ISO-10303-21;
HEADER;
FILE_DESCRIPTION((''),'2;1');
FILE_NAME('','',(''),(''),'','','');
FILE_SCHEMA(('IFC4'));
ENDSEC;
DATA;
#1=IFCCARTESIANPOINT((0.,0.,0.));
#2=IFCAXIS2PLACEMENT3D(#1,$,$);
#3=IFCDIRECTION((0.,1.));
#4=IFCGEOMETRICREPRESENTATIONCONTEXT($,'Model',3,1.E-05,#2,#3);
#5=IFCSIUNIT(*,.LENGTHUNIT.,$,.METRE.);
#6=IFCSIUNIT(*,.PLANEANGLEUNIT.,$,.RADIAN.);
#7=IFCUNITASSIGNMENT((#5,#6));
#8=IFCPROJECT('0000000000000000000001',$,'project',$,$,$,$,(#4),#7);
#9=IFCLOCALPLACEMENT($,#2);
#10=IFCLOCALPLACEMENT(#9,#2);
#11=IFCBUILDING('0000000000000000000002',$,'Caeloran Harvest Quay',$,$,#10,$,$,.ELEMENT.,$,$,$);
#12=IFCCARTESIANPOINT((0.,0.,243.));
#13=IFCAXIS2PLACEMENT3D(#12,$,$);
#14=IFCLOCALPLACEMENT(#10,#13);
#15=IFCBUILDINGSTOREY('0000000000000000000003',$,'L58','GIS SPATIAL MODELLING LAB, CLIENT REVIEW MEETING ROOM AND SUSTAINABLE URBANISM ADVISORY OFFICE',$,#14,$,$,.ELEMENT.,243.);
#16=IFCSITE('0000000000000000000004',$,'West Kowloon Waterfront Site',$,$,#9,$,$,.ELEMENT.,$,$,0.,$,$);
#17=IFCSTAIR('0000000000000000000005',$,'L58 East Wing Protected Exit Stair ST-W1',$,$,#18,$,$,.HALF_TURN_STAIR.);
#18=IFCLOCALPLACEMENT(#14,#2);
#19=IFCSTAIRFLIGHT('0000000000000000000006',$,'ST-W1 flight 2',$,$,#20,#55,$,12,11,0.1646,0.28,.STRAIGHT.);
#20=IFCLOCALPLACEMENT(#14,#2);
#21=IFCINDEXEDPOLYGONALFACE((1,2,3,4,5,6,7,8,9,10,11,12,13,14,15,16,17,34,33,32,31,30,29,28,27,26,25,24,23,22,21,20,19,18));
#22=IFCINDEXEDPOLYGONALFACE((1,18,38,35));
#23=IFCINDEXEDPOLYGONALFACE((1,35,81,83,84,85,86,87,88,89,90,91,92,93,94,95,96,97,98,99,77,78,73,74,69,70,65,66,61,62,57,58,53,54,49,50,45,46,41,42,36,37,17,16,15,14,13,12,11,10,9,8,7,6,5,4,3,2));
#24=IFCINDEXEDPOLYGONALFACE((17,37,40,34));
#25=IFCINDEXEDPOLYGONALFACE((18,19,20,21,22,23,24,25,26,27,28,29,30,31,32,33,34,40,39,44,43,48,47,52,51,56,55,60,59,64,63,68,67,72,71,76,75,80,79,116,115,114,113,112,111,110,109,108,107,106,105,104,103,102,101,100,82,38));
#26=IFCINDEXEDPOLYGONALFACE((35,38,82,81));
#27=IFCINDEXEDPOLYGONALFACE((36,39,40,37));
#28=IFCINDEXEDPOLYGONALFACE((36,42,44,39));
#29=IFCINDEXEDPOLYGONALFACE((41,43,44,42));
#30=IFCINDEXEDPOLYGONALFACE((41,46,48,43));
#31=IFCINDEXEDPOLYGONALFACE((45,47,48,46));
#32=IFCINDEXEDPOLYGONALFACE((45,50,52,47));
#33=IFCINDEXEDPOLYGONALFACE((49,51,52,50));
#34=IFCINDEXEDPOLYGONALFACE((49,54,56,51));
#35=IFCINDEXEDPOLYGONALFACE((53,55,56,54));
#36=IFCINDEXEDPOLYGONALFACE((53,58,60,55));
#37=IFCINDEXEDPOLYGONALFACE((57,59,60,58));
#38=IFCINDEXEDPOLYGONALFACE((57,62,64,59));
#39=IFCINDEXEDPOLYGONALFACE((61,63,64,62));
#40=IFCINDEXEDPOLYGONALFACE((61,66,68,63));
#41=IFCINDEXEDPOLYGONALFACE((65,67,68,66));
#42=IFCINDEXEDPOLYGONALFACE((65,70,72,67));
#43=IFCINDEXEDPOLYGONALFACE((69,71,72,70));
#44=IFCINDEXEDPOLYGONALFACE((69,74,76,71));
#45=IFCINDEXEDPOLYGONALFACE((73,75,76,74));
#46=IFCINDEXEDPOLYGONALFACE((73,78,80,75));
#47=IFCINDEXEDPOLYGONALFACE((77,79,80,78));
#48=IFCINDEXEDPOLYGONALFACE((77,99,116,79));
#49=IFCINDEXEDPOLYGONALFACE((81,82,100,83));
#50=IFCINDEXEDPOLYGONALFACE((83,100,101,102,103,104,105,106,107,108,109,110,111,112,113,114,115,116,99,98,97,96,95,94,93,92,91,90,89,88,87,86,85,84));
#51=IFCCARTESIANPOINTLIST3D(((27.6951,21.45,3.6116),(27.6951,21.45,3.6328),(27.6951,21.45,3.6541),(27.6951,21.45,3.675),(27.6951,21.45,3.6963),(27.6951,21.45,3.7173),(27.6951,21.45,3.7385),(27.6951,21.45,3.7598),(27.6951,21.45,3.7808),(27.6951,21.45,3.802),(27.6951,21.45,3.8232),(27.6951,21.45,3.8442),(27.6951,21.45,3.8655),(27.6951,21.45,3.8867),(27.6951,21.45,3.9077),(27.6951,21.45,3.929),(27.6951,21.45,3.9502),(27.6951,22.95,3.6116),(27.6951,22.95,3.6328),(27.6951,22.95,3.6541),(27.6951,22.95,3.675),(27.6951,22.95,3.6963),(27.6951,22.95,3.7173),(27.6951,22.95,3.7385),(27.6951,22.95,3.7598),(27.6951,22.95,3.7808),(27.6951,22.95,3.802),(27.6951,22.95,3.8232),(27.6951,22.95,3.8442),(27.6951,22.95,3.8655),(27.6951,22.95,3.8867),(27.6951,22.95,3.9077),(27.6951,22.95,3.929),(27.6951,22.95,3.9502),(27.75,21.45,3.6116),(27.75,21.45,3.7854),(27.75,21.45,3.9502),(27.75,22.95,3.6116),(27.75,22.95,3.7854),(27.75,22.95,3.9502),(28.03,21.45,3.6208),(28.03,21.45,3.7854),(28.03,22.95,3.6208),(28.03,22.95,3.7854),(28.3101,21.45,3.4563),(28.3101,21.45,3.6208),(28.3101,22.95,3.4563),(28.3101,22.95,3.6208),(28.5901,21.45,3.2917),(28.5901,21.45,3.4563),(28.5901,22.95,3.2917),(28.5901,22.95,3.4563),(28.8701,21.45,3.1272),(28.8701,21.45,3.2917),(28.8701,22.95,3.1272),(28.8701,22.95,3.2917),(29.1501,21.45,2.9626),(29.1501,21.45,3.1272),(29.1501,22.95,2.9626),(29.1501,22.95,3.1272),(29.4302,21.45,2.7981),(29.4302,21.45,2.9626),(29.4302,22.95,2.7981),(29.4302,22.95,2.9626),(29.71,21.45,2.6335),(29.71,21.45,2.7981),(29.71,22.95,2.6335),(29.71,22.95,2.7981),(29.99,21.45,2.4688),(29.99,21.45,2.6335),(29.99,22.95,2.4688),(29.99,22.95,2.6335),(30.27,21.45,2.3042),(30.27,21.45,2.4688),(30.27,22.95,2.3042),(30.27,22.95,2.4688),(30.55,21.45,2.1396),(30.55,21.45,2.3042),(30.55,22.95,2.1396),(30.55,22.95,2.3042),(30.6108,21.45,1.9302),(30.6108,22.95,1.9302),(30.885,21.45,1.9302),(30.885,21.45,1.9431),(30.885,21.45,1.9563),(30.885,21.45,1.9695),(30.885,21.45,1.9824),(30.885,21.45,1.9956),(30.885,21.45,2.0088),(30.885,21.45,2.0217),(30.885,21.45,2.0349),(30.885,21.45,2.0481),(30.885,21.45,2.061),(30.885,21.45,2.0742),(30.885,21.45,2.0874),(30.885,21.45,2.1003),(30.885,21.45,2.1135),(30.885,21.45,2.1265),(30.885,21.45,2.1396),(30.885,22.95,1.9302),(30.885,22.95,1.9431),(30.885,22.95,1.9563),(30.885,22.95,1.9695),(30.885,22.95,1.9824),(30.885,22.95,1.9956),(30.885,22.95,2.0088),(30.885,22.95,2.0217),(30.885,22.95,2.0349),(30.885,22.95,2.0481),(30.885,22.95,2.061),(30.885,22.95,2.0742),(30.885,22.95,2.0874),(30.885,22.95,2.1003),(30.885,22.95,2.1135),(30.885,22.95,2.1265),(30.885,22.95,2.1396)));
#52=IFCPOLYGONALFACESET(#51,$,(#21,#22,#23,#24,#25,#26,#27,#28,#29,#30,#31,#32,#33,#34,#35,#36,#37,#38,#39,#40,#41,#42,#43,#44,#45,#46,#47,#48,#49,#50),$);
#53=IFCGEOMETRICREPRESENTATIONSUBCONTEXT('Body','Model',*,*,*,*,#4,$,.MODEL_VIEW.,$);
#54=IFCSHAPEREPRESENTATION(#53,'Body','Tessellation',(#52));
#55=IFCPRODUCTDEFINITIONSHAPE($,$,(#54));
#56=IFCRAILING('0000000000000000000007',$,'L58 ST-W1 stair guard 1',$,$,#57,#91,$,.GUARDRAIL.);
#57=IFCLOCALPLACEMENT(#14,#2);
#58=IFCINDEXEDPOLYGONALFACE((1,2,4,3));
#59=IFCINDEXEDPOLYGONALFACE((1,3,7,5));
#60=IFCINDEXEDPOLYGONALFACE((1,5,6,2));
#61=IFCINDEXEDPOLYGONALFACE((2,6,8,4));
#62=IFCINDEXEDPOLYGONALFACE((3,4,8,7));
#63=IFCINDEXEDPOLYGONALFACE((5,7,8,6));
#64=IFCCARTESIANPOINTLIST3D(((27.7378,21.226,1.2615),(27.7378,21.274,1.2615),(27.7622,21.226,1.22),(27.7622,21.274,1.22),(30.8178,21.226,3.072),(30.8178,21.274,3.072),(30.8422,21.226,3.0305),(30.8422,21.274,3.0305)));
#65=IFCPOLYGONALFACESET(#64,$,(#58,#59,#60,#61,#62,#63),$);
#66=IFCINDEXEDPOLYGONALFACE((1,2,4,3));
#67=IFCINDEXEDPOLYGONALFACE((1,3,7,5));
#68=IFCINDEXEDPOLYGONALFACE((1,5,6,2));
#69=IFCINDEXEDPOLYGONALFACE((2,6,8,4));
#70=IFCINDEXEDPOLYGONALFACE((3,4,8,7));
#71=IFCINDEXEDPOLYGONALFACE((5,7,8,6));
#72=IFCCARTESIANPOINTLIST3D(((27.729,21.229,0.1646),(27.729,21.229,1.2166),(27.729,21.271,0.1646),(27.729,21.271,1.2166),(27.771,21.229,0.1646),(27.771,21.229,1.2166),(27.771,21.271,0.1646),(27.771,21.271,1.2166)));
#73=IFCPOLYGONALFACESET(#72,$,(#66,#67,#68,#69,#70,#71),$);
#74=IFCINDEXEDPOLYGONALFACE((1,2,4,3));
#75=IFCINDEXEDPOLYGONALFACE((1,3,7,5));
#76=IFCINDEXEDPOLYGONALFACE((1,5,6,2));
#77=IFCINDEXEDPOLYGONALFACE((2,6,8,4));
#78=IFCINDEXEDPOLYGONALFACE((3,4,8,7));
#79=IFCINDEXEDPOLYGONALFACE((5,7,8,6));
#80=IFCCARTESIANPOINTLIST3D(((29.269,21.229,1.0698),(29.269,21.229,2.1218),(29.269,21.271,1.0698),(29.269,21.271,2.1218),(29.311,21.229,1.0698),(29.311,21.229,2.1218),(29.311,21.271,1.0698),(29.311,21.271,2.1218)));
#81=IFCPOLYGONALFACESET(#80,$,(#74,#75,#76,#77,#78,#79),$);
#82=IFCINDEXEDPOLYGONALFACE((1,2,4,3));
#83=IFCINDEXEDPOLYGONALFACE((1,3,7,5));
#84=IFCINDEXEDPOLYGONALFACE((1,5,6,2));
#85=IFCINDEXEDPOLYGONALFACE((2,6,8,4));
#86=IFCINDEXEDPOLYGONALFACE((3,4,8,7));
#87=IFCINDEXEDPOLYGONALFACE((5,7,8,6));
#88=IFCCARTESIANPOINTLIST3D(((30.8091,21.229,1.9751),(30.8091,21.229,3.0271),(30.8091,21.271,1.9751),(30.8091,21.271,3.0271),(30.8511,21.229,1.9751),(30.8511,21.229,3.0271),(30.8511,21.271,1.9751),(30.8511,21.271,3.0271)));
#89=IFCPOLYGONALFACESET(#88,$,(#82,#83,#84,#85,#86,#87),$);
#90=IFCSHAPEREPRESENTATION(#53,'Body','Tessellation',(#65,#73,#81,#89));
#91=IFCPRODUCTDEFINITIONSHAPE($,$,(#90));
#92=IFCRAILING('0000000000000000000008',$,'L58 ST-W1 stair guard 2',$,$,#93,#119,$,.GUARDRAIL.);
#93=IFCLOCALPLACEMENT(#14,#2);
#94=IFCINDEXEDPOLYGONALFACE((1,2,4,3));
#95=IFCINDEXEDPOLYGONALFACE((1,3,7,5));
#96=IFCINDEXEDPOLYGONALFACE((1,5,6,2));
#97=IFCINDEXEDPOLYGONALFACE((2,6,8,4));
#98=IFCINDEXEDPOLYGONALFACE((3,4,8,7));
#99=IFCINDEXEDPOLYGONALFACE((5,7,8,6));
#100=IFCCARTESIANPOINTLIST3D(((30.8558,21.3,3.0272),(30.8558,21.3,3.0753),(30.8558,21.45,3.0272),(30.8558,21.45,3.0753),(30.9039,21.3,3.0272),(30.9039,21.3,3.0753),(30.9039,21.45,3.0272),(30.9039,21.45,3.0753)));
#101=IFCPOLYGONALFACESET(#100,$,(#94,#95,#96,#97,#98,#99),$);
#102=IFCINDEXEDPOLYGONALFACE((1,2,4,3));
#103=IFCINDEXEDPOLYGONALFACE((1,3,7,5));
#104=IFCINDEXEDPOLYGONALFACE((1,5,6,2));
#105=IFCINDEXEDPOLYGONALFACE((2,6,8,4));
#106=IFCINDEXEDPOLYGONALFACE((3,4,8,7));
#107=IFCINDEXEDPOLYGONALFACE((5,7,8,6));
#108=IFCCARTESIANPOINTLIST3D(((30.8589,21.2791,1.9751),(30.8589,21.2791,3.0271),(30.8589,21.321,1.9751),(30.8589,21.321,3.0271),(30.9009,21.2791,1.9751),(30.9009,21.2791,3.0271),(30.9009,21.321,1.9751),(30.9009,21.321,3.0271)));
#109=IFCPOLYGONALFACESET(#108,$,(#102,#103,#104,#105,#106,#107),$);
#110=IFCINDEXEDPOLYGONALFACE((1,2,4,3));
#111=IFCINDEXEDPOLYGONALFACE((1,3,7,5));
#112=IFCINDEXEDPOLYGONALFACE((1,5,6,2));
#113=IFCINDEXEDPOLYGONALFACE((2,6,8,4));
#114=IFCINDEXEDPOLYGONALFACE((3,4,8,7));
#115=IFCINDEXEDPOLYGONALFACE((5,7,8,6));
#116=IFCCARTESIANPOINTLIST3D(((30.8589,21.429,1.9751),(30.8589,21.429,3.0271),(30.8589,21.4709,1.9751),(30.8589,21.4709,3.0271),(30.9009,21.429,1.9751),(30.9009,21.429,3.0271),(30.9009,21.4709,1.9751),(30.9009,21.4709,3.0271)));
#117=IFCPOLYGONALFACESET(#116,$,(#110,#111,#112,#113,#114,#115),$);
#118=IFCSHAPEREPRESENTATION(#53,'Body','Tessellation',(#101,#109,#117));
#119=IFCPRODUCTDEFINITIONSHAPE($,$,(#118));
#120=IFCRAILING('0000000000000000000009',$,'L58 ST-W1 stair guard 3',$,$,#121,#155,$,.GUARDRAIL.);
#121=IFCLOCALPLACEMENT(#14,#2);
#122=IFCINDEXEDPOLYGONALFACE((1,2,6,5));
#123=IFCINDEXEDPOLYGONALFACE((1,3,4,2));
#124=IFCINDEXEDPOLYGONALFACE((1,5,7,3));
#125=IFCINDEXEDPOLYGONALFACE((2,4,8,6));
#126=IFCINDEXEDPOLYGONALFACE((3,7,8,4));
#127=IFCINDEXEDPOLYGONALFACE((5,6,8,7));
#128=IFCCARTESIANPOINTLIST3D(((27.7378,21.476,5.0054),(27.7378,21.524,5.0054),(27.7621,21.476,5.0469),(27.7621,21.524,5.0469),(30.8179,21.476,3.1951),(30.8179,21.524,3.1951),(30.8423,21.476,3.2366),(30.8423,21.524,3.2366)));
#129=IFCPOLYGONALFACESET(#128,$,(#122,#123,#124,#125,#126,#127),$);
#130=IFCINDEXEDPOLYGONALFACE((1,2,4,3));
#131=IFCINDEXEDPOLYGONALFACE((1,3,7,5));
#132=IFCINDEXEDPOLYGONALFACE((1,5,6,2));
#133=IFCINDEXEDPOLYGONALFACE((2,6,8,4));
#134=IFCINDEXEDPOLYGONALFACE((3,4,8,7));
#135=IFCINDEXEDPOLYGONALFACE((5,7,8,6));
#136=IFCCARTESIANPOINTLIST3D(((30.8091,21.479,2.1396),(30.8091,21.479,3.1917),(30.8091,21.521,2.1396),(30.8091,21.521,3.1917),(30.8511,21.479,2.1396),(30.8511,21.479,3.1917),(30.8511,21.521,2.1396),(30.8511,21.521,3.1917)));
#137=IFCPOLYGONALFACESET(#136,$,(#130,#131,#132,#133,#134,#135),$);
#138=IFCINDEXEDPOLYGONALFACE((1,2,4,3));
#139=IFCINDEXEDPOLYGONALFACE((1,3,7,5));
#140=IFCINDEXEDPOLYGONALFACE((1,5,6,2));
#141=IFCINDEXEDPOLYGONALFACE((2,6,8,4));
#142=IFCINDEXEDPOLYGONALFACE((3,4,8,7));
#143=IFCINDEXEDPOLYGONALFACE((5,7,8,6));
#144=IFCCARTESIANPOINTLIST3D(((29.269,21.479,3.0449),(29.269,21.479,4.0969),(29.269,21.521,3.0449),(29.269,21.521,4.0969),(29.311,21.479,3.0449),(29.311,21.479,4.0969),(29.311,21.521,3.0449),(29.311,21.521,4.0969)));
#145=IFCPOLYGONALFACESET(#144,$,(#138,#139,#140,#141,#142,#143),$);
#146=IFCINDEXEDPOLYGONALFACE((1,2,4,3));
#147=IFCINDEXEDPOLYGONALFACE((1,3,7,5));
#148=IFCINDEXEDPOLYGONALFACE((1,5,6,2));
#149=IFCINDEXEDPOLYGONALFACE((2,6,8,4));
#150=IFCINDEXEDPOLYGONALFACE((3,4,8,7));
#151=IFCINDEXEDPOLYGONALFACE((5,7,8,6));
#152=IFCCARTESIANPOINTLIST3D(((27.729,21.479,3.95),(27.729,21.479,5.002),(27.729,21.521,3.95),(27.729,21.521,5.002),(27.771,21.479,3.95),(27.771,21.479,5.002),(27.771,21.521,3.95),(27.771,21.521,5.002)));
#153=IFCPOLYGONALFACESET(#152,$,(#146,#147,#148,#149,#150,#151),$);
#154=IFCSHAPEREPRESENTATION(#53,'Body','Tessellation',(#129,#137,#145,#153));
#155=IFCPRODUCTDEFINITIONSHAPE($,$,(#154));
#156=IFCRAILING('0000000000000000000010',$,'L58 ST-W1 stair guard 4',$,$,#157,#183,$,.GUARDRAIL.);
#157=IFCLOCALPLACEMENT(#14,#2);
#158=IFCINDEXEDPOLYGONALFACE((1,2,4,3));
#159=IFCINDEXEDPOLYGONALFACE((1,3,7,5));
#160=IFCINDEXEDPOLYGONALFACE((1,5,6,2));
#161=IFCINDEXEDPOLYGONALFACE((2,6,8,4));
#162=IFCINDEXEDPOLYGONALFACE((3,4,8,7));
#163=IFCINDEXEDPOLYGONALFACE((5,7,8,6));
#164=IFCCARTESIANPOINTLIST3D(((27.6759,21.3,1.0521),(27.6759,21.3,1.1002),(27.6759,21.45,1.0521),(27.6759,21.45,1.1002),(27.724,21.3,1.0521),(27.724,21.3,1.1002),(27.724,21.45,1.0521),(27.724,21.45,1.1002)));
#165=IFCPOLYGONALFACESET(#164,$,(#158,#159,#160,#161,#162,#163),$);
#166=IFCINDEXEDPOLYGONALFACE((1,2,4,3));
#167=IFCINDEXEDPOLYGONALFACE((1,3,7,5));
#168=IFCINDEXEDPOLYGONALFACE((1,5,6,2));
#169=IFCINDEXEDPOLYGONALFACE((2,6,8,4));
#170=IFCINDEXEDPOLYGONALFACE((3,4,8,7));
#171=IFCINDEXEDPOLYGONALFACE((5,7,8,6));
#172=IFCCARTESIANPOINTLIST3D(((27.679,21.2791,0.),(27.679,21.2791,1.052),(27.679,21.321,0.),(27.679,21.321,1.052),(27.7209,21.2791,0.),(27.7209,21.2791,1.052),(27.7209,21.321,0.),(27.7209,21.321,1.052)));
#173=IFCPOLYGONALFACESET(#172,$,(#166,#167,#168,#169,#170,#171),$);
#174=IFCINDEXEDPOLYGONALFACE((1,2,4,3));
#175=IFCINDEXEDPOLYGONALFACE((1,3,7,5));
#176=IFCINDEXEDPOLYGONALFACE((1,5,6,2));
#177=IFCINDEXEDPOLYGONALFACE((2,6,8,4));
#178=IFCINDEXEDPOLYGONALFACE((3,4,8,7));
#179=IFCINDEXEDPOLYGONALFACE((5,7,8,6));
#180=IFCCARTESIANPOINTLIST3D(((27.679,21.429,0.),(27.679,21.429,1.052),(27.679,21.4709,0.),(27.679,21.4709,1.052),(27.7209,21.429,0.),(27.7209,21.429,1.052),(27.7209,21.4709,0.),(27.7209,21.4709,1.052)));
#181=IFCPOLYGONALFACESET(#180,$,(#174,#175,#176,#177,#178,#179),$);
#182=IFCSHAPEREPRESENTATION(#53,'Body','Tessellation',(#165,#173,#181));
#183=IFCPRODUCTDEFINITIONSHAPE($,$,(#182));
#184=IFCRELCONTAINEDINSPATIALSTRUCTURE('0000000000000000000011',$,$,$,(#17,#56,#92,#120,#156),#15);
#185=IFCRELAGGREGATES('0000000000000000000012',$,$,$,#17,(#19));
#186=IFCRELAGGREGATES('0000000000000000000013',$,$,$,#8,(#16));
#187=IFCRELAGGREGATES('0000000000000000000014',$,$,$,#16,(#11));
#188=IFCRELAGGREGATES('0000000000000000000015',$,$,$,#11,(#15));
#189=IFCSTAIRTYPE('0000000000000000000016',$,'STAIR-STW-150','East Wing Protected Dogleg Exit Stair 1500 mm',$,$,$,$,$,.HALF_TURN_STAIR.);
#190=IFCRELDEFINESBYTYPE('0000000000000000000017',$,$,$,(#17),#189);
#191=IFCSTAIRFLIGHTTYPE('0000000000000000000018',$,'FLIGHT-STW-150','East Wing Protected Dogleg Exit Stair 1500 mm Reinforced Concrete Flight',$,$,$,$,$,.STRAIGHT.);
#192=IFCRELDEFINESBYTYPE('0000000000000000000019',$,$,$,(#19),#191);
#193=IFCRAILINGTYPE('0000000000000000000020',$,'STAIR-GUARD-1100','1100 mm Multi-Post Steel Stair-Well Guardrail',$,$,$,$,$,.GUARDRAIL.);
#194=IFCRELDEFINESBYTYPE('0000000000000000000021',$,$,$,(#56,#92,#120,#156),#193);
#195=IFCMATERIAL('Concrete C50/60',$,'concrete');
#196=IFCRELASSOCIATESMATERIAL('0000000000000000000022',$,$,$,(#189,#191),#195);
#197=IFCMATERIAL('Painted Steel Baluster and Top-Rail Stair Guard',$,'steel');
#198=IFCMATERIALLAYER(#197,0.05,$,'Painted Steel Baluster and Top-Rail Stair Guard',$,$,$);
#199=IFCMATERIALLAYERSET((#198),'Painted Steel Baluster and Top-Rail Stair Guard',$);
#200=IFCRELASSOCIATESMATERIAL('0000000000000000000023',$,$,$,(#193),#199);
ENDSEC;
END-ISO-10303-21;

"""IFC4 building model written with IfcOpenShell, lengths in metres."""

from ifc_helpers import new_model, si_unit, direction, frame, origin, origin_2d, place, context, subcontext, project, spatial, polyline, rectangle, outline, extrude, material, layer, layer_set, type_object, element, aggregate, save


model = new_model("IFC4")

# Units and contexts
model_context = context("Model", 3, precision=1e-05, world=origin(), true_north=direction((0.0, 1.0)))
body_context = subcontext(model_context, "Body", "Model", "MODEL_VIEW")
ifc_project = project(units=[si_unit("LENGTHUNIT", "METRE"), si_unit("PLANEANGLEUNIT", "RADIAN")], contexts=[model_context])

# Site, building, storey
site_placement = place(None, origin())
site = spatial("IfcSite", under=ifc_project, at=site_placement, Name="West Kowloon Waterfront Site", CompositionType="ELEMENT", RefElevation=0.0)
building_placement = place(site_placement, origin())
building = spatial("IfcBuilding", under=site, at=building_placement, Name="Caeloran Harvest Quay", CompositionType="ELEMENT")
storey_placement = place(building_placement, frame((0.0, 0.0, 243.0)))
storey = spatial("IfcBuildingStorey", under=building, at=storey_placement, Name="L58", Description="GIS SPATIAL MODELLING LAB, CLIENT REVIEW MEETING ROOM AND SUSTAINABLE URBANISM ADVISORY OFFICE", CompositionType="ELEMENT", Elevation=243.0)

# Stair, stair flight
ifc_material_1 = material(Name="Concrete C50/60", Category="concrete")
stair_type = type_object("IfcStairType", Name="STAIR-STW-150", Description="East Wing Protected Dogleg Exit Stair 1500 mm", PredefinedType="HALF_TURN_STAIR", material=ifc_material_1)
stair_placement = place(storey_placement, origin())
stair = element("IfcStair", 1, at=stair_placement, inside=storey, type_object=stair_type, Name="L58 East Wing Protected Exit Stair ST-W1", PredefinedType="HALF_TURN_STAIR")
stair_flight_type = type_object("IfcStairFlightType", Name="FLIGHT-STW-150", Description="East Wing Protected Dogleg Exit Stair 1500 mm Reinforced Concrete Flight", PredefinedType="STRAIGHT", material=ifc_material_1)
stair_flight_1_placement = place(storey_placement, frame((30.8301, 22.2, 1.9751), z_axis=(0.0, 0.0, 1.0), x_axis=(-1.0, 0.0, 0.0)))
stair_flight_1 = element("IfcStairFlight", 2, at=stair_flight_1_placement, type_object=stair_flight_type, Name="ST-W1 flight 2", NumberOfRisers=12, NumberOfTreads=11, PredefinedType="STRAIGHT", RiserHeight=0.1646, TreadLength=0.28, context=body_context, shape_type="SweptSolid", body=[
    extrude(outline(polyline([(-0.0549, -0.0449), (-0.0549, -0.032), (-0.0549, -0.0188), (-0.0549, -0.0056), (-0.0549, 0.0073), (-0.0549, 0.0205), (-0.0549, 0.0337), (-0.0549, 0.0466), (-0.0549, 0.0598), (-0.0549, 0.073), (-0.0549, 0.0859), (-0.0549, 0.0991), (-0.0549, 0.1123), (-0.0549, 0.1252), (-0.0549, 0.1384), (-0.0549, 0.1514), (-0.0549, 0.1646), (0.28, 0.1646), (0.28, 0.3291), (0.5601, 0.3291), (0.5601, 0.4937), (0.8401, 0.4937), (0.8401, 0.6584), (1.1201, 0.6584), (1.1201, 0.823), (1.3999, 0.823), (1.3999, 0.9875), (1.6799, 0.9875), (1.6799, 1.1521), (1.96, 1.1521), (1.96, 1.3167), (2.24, 1.3167), (2.24, 1.4812), (2.52, 1.4812), (2.52, 1.6458), (2.8, 1.6458), (2.8, 1.8103), (3.0801, 1.8103), (3.0801, 1.9751), (3.135, 1.9751), (3.135, 1.9539), (3.135, 1.9326), (3.135, 1.9116), (3.135, 1.8904), (3.135, 1.8691), (3.135, 1.8481), (3.135, 1.8269), (3.135, 1.8057), (3.135, 1.7847), (3.135, 1.7634), (3.135, 1.7422), (3.135, 1.7212), (3.135, 1.7), (3.135, 1.679), (3.135, 1.6577), (3.135, 1.6365), (3.0801, 1.6365), (0.2192, -0.0449), (-0.0549, -0.0449)])), frame((0.0, 0.75, 0.0), z_axis=(0.0, -1.0, 0.0), x_axis=(1.0, 0.0, 0.0)), (0.0, 0.0, 1.0), 1.5),
])
aggregate(stair, [stair_flight_1])

# Railings
ifc_material_2 = material(Name="Painted Steel Baluster and Top-Rail Stair Guard", Category="steel")
ifc_layer_1 = layer(ifc_material_2, 0.05, Name="Painted Steel Baluster and Top-Rail Stair Guard")
ifc_layer_set_1 = layer_set([ifc_layer_1], Name="Painted Steel Baluster and Top-Rail Stair Guard")
railing_type_1 = type_object("IfcRailingType", Name="STAIR-GUARD-1100", Description="1100 mm Multi-Post Steel Stair-Well Guardrail", PredefinedType="GUARDRAIL", material=ifc_layer_set_1)
railing_1_placement = place(storey_placement, frame((27.75, 21.25, 0.1646)))
element("IfcRailing", 3, at=railing_1_placement, inside=storey, type_object=railing_type_1, Name="L58 ST-W1 stair guard 1", PredefinedType="GUARDRAIL", context=body_context, shape_type="SweptSolid", body=[
    extrude(rectangle(XDim=0.0481, YDim=0.0481, at=origin_2d()), frame((0.0, 0.0, 1.0762), z_axis=(0.862089, 0.0, 0.506757), x_axis=(0.0, 1.0, 0.0)), (0.0, 0.0, 1.0), 3.5728),
    extrude(rectangle(XDim=0.042, YDim=0.042, at=origin_2d()), origin(), (0.0, 0.0, 1.0), 1.052),
    extrude(rectangle(XDim=0.042, YDim=0.042, at=origin_2d()), frame((1.54, 0.0, 0.9053)), (0.0, 0.0, 1.0), 1.052),
    extrude(rectangle(XDim=0.042, YDim=0.042, at=origin_2d()), frame((3.0801, 0.0, 1.8105)), (0.0, 0.0, 1.0), 1.052),
])
railing_2_placement = place(storey_placement, frame((30.8799, 21.3, 1.9751)))
element("IfcRailing", 4, at=railing_2_placement, inside=storey, type_object=railing_type_1, Name="L58 ST-W1 stair guard 2", PredefinedType="GUARDRAIL", context=body_context, shape_type="SweptSolid", body=[
    extrude(rectangle(XDim=0.0481, YDim=0.0481, at=origin_2d()), frame((0.0, 0.0, 1.0762), z_axis=(0.0, 1.0, 0.0), x_axis=(-1.0, 0.0, 0.0)), (0.0, 0.0, 1.0), 0.1499),
    extrude(rectangle(XDim=0.042, YDim=0.042, at=origin_2d()), origin(), (0.0, 0.0, 1.0), 1.052),
    extrude(rectangle(XDim=0.042, YDim=0.042, at=origin_2d()), frame((0.0, 0.1499, 0.0)), (0.0, 0.0, 1.0), 1.052),
])
railing_3_placement = place(storey_placement, frame((30.8301, 21.5, 2.1396)))
element("IfcRailing", 5, at=railing_3_placement, inside=storey, type_object=railing_type_1, Name="L58 ST-W1 stair guard 3", PredefinedType="GUARDRAIL", context=body_context, shape_type="SweptSolid", body=[
    extrude(rectangle(XDim=0.0481, YDim=0.0481, at=origin_2d()), frame((0.0, 0.0, 1.0762), z_axis=(-0.862119, 0.0, 0.506707), x_axis=(0.0, -1.0, 0.0)), (0.0, 0.0, 1.0), 3.5728),
    extrude(rectangle(XDim=0.042, YDim=0.042, at=origin_2d()), origin(), (0.0, 0.0, 1.0), 1.052),
    extrude(rectangle(XDim=0.042, YDim=0.042, at=origin_2d()), frame((-1.54, 0.0, 0.9053)), (0.0, 0.0, 1.0), 1.052),
    extrude(rectangle(XDim=0.042, YDim=0.042, at=origin_2d()), frame((-3.0801, 0.0, 1.8103)), (0.0, 0.0, 1.0), 1.052),
])
railing_4_placement = place(storey_placement, frame((27.7, 21.3, 0.0)))
element("IfcRailing", 6, at=railing_4_placement, inside=storey, type_object=railing_type_1, Name="L58 ST-W1 stair guard 4", PredefinedType="GUARDRAIL", context=body_context, shape_type="SweptSolid", body=[
    extrude(rectangle(XDim=0.0481, YDim=0.0481, at=origin_2d()), frame((0.0, 0.0, 1.0762), z_axis=(0.0, 1.0, 0.0), x_axis=(-1.0, 0.0, 0.0)), (0.0, 0.0, 1.0), 0.1499),
    extrude(rectangle(XDim=0.042, YDim=0.042, at=origin_2d()), origin(), (0.0, 0.0, 1.0), 1.052),
    extrude(rectangle(XDim=0.042, YDim=0.042, at=origin_2d()), frame((0.0, 0.1499, 0.0)), (0.0, 0.0, 1.0), 1.052),
])

save(model, "model.ifc")
